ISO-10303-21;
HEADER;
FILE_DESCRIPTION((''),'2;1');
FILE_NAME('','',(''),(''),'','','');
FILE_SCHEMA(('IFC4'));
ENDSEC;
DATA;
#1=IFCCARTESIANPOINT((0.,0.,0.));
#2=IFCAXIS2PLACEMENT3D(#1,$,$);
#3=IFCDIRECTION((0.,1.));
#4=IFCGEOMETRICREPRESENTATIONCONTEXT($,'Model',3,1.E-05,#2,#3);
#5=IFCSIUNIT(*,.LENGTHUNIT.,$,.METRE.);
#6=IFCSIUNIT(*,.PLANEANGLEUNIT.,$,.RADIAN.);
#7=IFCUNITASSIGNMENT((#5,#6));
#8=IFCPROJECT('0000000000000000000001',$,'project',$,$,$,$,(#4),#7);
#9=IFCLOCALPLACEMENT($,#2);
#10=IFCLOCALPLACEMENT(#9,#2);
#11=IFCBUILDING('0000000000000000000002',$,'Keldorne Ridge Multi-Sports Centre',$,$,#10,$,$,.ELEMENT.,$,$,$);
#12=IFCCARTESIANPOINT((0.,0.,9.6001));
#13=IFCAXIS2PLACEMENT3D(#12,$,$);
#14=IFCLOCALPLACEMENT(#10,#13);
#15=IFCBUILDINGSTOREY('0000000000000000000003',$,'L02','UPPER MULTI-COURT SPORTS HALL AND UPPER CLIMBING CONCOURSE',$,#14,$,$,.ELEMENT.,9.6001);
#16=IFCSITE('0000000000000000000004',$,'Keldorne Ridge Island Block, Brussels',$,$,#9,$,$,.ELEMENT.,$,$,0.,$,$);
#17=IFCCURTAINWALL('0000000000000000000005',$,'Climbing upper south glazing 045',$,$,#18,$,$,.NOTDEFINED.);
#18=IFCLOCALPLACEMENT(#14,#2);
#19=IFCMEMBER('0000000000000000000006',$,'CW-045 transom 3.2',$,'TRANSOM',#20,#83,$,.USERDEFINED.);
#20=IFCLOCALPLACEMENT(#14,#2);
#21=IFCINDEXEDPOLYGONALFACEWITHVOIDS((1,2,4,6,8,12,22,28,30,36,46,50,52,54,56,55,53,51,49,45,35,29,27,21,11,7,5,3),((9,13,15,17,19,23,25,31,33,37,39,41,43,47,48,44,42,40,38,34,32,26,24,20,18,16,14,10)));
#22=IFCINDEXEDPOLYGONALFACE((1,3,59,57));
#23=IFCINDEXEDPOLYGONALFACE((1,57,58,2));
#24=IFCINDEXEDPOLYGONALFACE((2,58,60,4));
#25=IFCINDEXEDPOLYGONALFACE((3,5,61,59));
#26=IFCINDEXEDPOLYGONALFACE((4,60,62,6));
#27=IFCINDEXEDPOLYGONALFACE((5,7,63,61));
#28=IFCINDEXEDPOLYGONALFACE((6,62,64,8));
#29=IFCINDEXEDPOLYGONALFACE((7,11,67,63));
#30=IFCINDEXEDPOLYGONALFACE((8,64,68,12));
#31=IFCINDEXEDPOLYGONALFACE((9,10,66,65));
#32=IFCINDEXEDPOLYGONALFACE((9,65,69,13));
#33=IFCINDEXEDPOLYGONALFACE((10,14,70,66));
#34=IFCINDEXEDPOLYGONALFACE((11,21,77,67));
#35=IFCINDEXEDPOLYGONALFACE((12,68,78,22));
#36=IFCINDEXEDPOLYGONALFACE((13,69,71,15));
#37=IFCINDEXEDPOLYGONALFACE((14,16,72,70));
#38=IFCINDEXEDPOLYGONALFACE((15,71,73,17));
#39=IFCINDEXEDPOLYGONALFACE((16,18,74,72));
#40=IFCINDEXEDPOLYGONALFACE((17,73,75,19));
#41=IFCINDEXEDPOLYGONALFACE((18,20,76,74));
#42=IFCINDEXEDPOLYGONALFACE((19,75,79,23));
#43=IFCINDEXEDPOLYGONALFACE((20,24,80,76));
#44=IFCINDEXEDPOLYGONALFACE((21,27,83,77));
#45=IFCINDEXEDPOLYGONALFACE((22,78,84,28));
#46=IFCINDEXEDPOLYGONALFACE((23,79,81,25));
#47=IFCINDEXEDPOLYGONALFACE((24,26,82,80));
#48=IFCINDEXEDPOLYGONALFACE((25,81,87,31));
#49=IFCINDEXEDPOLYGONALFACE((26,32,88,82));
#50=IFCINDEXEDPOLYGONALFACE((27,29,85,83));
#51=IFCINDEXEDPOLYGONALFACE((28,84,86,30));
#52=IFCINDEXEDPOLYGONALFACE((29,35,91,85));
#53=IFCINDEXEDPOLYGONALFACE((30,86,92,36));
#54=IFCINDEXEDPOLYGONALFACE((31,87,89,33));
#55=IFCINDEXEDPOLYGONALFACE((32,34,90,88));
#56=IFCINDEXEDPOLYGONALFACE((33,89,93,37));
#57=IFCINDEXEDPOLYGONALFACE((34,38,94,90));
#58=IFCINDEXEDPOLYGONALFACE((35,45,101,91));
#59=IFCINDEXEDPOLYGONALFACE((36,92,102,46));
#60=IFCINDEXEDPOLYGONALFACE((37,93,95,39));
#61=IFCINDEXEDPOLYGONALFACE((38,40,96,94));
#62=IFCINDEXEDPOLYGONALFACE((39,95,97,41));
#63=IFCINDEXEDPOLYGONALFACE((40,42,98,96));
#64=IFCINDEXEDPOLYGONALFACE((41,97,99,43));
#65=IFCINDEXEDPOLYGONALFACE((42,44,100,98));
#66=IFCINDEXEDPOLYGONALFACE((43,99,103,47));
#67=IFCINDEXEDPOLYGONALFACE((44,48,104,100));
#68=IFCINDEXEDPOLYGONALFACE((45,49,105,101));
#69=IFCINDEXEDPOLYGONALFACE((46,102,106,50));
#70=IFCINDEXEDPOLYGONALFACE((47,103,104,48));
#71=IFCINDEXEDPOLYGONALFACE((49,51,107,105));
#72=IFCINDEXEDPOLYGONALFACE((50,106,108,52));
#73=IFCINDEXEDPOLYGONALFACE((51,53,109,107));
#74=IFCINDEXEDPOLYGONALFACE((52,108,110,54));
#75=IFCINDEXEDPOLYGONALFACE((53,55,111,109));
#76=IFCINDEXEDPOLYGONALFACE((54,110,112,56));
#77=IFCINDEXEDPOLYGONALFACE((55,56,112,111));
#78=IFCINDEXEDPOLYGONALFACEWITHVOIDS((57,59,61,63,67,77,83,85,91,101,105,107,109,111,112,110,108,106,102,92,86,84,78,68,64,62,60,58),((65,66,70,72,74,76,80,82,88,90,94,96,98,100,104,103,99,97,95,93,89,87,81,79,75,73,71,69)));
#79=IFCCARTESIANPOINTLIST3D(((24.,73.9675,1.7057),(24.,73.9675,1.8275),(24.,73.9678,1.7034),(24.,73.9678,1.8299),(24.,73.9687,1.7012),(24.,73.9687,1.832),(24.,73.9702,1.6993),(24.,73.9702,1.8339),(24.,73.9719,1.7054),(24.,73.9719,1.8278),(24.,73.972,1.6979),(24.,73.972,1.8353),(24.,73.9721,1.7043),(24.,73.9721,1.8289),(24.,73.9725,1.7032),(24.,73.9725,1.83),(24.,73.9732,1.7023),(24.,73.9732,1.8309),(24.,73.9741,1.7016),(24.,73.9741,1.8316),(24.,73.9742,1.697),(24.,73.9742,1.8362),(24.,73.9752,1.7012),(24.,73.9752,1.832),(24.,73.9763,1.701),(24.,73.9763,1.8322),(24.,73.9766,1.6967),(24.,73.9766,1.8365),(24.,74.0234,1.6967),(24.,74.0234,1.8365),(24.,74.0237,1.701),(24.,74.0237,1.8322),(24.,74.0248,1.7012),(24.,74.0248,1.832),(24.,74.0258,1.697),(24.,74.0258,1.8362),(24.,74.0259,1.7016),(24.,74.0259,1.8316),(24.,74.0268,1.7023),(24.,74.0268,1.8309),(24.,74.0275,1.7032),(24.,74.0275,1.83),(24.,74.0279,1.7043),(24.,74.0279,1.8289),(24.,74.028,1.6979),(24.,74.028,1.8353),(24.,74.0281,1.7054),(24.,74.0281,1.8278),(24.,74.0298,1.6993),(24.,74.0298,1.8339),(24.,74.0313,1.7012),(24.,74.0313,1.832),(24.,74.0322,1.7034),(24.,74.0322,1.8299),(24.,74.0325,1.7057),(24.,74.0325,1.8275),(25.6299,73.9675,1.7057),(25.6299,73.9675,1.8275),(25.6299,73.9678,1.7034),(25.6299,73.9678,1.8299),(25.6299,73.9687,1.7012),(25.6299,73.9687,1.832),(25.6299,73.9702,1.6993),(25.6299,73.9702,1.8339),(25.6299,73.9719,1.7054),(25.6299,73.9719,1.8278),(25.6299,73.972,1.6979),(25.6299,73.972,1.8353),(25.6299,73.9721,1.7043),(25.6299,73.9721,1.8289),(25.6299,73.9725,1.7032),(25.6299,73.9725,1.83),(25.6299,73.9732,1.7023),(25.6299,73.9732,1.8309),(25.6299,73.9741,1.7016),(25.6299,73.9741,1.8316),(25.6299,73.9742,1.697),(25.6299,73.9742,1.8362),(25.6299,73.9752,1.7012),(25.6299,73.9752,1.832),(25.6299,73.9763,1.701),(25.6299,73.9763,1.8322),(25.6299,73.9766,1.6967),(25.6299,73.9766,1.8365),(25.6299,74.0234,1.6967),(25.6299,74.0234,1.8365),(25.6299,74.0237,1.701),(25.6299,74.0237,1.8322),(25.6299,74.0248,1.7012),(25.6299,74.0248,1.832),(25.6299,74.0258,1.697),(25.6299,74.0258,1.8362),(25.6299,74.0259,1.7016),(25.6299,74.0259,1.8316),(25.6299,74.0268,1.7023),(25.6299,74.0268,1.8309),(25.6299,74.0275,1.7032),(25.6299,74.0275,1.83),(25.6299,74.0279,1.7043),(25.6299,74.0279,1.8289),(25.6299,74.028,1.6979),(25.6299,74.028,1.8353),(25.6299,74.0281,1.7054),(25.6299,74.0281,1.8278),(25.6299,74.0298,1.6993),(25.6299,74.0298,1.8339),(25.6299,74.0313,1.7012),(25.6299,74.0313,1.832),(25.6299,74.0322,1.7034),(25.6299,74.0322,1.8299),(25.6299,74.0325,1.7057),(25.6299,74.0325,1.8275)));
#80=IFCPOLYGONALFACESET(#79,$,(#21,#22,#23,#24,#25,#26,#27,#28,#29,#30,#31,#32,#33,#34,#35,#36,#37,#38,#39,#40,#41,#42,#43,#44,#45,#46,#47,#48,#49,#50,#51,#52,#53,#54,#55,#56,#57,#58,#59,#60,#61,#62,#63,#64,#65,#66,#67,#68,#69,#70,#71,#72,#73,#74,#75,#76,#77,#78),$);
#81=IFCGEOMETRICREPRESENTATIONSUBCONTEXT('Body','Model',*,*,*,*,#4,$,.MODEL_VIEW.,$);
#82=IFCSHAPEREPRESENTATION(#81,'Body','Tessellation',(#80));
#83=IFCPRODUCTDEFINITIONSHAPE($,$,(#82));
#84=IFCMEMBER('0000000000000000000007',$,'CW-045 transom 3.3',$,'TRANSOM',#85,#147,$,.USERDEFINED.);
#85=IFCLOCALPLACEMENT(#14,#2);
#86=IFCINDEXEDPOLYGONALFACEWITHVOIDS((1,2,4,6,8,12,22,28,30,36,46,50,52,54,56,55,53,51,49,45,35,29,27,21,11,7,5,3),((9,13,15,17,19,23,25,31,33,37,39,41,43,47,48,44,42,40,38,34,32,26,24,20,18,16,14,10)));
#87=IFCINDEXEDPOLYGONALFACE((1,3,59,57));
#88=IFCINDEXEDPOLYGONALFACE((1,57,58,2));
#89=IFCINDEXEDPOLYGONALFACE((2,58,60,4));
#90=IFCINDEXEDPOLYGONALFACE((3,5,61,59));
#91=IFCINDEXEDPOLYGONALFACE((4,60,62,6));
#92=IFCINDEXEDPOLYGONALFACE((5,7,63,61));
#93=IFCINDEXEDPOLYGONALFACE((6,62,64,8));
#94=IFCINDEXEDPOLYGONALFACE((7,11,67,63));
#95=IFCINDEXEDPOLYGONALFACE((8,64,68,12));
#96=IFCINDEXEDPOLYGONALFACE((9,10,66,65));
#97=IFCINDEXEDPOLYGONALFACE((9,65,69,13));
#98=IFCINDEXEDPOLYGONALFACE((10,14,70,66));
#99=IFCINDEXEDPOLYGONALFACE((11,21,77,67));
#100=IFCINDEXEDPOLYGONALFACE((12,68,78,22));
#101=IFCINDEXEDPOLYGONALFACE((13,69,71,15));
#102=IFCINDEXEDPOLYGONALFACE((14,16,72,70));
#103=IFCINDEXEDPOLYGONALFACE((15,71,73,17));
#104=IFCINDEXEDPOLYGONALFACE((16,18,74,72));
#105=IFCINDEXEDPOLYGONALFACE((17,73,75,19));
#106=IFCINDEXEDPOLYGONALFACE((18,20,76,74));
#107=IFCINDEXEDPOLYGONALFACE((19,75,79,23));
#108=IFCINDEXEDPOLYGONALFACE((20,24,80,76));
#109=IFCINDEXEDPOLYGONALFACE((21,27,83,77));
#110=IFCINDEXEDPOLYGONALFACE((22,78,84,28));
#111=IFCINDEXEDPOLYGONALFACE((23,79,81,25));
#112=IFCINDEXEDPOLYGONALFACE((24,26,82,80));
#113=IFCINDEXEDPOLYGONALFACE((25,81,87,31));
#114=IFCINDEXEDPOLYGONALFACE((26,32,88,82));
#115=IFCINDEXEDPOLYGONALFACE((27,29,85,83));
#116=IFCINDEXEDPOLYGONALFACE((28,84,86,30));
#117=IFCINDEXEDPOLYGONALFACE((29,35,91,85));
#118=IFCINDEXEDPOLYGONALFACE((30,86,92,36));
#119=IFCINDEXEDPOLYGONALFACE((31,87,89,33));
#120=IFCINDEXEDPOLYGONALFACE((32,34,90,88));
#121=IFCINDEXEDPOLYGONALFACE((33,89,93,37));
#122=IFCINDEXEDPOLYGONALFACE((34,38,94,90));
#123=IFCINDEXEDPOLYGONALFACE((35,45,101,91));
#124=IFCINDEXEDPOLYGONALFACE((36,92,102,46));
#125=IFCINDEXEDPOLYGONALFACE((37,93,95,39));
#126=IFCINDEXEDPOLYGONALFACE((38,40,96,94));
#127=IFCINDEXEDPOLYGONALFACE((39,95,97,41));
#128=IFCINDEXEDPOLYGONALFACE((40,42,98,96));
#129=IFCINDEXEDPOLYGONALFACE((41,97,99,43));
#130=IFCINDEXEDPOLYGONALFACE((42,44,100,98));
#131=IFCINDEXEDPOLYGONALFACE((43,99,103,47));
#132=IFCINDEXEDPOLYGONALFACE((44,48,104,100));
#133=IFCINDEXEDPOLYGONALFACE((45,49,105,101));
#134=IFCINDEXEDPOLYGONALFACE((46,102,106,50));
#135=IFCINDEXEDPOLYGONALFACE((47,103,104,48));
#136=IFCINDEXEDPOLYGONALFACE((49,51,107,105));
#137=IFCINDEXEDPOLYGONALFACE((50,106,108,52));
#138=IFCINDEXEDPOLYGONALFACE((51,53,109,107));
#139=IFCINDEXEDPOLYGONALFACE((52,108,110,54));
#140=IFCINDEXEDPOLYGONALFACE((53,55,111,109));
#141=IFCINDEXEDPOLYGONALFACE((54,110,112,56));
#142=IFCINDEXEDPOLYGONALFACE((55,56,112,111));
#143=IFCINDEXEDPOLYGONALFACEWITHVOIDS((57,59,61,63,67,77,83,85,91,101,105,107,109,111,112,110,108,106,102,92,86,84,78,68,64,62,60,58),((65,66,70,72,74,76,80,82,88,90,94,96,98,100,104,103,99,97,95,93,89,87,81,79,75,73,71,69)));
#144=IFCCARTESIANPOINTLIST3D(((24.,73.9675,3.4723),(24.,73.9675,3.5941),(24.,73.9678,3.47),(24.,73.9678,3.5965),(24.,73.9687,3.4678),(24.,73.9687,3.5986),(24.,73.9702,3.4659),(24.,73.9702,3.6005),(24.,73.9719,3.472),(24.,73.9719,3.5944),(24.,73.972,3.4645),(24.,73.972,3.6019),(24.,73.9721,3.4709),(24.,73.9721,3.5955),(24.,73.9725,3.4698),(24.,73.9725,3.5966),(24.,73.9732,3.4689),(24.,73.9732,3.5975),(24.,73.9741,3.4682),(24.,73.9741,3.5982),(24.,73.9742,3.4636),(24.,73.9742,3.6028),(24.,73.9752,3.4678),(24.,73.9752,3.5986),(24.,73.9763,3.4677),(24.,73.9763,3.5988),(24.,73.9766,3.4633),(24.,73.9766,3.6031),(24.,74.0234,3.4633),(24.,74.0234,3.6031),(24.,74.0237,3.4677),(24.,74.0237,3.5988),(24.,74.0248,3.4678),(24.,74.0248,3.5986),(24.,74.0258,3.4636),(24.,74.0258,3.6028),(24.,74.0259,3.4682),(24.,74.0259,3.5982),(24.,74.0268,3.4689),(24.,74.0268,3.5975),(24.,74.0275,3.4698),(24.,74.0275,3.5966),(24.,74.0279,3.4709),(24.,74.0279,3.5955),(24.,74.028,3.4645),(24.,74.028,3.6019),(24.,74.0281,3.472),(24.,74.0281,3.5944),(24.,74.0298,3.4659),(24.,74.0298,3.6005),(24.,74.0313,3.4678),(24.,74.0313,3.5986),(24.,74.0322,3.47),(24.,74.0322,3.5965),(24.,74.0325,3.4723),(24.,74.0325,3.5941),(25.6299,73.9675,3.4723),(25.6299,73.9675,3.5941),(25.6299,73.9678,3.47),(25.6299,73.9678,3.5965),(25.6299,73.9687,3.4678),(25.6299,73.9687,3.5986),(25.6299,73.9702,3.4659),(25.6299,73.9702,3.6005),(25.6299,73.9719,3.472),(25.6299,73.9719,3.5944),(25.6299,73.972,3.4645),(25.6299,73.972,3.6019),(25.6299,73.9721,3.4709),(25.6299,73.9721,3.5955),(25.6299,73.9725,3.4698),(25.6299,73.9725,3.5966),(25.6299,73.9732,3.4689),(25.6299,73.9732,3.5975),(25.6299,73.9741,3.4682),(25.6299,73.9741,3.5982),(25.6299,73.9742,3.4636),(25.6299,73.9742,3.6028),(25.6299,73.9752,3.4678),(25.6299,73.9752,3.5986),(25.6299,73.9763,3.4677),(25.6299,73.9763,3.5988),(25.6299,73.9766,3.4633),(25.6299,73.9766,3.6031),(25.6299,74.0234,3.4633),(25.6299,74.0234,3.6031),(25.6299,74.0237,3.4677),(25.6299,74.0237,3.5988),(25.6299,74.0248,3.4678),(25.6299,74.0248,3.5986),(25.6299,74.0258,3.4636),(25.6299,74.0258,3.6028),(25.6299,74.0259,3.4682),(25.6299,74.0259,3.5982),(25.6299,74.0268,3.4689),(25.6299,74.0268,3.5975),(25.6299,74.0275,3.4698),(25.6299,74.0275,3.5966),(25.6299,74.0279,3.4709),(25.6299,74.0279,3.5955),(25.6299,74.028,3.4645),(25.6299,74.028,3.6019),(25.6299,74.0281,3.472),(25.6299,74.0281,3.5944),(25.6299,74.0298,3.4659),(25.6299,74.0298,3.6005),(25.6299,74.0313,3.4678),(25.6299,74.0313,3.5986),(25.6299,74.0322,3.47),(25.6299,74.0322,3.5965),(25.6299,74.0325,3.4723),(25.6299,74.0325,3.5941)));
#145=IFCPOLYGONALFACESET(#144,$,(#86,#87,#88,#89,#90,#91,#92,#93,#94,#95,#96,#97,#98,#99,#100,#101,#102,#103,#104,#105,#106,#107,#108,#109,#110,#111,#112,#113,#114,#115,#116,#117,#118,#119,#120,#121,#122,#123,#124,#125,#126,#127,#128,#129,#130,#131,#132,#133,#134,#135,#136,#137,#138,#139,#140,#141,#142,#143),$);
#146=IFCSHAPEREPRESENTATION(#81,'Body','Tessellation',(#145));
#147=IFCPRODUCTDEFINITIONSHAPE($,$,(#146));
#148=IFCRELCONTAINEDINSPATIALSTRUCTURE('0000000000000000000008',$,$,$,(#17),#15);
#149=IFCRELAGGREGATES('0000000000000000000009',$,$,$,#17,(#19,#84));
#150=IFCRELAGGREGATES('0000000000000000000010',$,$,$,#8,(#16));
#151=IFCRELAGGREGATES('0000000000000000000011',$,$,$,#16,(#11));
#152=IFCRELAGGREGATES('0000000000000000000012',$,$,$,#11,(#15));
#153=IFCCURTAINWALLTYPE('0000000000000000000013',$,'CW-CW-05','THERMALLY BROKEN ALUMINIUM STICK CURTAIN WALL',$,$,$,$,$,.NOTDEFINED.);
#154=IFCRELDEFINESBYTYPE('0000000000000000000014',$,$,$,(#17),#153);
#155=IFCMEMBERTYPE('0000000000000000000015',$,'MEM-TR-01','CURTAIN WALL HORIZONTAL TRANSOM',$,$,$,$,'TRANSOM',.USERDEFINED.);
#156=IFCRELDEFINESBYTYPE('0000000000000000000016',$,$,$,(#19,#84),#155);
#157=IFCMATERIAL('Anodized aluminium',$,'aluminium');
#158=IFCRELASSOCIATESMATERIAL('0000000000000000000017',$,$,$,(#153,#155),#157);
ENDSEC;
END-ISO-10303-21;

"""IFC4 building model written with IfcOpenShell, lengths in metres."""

from ifc_helpers import new_model, si_unit, direction, frame, origin, origin_2d, place, context, subcontext, project, spatial, hollow_rectangle, extrude, material, material_profile, profile_set, type_object, element, aggregate, save


model = new_model("IFC4")

# Units and contexts
model_context = context("Model", 3, precision=1e-05, world=origin(), true_north=direction((0.0, 1.0)))
body_context = subcontext(model_context, "Body", "Model", "MODEL_VIEW")
ifc_project = project(units=[si_unit("LENGTHUNIT", "METRE"), si_unit("PLANEANGLEUNIT", "RADIAN")], contexts=[model_context])

# Site, building, storey
site_placement = place(None, origin())
site = spatial("IfcSite", under=ifc_project, at=site_placement, Name="Keldorne Ridge Island Block, Brussels", CompositionType="ELEMENT", RefElevation=0.0)
building_placement = place(site_placement, origin())
building = spatial("IfcBuilding", under=site, at=building_placement, Name="Keldorne Ridge Multi-Sports Centre", CompositionType="ELEMENT")
storey_placement = place(building_placement, frame((0.0, 0.0, 9.6001)))
storey = spatial("IfcBuildingStorey", under=building, at=storey_placement, Name="L02", Description="UPPER MULTI-COURT SPORTS HALL AND UPPER CLIMBING CONCOURSE", CompositionType="ELEMENT", Elevation=9.6001)

# Curtain wall
ifc_material_1 = material(Name="Anodized aluminium", Category="aluminium")
curtain_wall_type = type_object("IfcCurtainWallType", Name="CW-CW-05", Description="THERMALLY BROKEN ALUMINIUM STICK CURTAIN WALL", PredefinedType="NOTDEFINED", material=ifc_material_1)
curtain_wall_placement = place(storey_placement, origin())
curtain_wall = element("IfcCurtainWall", 1, at=curtain_wall_placement, inside=storey, type_object=curtain_wall_type, Name="Climbing upper south glazing 045", PredefinedType="NOTDEFINED")

# Members
ifc_material_profile_1 = material_profile(ifc_material_1, hollow_rectangle(XDim=0.0649, YDim=0.1399, WallThickness=0.0044, InnerFilletRadius=0.0044, OuterFilletRadius=0.009, at=origin_2d()), Name="ALU TRANSOM 140x65x4.5")
ifc_profile_set_1 = profile_set([ifc_material_profile_1], Name="Anodized aluminium")
member_type_1 = type_object("IfcMemberType", Name="MEM-TR-01", Description="CURTAIN WALL HORIZONTAL TRANSOM", ElementType="TRANSOM", PredefinedType="USERDEFINED", material=ifc_profile_set_1)
member_1_placement = place(storey_placement, frame((24.0, 74.0, 1.7666), z_axis=(1.0, 0.0, 0.0), x_axis=(0.0, 1.0, 0.0)))
member_1 = element("IfcMember", 2, at=member_1_placement, type_object=member_type_1, Name="CW-045 transom 3.2", ObjectType="TRANSOM", PredefinedType="USERDEFINED", context=body_context, shape_type="SweptSolid", body=[
    extrude(hollow_rectangle(XDim=0.0649, YDim=0.1399, WallThickness=0.0044, InnerFilletRadius=0.0044, OuterFilletRadius=0.009, at=origin_2d()), origin(), (0.0, 0.0, 1.0), 1.6299),
])
member_2_placement = place(storey_placement, frame((24.0, 74.0, 3.5332), z_axis=(1.0, 0.0, 0.0), x_axis=(0.0, 1.0, 0.0)))
member_2 = element("IfcMember", 3, at=member_2_placement, type_object=member_type_1, Name="CW-045 transom 3.3", ObjectType="TRANSOM", PredefinedType="USERDEFINED", context=body_context, shape_type="SweptSolid", body=[
    extrude(hollow_rectangle(XDim=0.0649, YDim=0.1399, WallThickness=0.0044, InnerFilletRadius=0.0044, OuterFilletRadius=0.009, at=origin_2d()), origin(), (0.0, 0.0, 1.0), 1.6299),
])

aggregate(curtain_wall, [member_1, member_2])

save(model, "model.ifc")
